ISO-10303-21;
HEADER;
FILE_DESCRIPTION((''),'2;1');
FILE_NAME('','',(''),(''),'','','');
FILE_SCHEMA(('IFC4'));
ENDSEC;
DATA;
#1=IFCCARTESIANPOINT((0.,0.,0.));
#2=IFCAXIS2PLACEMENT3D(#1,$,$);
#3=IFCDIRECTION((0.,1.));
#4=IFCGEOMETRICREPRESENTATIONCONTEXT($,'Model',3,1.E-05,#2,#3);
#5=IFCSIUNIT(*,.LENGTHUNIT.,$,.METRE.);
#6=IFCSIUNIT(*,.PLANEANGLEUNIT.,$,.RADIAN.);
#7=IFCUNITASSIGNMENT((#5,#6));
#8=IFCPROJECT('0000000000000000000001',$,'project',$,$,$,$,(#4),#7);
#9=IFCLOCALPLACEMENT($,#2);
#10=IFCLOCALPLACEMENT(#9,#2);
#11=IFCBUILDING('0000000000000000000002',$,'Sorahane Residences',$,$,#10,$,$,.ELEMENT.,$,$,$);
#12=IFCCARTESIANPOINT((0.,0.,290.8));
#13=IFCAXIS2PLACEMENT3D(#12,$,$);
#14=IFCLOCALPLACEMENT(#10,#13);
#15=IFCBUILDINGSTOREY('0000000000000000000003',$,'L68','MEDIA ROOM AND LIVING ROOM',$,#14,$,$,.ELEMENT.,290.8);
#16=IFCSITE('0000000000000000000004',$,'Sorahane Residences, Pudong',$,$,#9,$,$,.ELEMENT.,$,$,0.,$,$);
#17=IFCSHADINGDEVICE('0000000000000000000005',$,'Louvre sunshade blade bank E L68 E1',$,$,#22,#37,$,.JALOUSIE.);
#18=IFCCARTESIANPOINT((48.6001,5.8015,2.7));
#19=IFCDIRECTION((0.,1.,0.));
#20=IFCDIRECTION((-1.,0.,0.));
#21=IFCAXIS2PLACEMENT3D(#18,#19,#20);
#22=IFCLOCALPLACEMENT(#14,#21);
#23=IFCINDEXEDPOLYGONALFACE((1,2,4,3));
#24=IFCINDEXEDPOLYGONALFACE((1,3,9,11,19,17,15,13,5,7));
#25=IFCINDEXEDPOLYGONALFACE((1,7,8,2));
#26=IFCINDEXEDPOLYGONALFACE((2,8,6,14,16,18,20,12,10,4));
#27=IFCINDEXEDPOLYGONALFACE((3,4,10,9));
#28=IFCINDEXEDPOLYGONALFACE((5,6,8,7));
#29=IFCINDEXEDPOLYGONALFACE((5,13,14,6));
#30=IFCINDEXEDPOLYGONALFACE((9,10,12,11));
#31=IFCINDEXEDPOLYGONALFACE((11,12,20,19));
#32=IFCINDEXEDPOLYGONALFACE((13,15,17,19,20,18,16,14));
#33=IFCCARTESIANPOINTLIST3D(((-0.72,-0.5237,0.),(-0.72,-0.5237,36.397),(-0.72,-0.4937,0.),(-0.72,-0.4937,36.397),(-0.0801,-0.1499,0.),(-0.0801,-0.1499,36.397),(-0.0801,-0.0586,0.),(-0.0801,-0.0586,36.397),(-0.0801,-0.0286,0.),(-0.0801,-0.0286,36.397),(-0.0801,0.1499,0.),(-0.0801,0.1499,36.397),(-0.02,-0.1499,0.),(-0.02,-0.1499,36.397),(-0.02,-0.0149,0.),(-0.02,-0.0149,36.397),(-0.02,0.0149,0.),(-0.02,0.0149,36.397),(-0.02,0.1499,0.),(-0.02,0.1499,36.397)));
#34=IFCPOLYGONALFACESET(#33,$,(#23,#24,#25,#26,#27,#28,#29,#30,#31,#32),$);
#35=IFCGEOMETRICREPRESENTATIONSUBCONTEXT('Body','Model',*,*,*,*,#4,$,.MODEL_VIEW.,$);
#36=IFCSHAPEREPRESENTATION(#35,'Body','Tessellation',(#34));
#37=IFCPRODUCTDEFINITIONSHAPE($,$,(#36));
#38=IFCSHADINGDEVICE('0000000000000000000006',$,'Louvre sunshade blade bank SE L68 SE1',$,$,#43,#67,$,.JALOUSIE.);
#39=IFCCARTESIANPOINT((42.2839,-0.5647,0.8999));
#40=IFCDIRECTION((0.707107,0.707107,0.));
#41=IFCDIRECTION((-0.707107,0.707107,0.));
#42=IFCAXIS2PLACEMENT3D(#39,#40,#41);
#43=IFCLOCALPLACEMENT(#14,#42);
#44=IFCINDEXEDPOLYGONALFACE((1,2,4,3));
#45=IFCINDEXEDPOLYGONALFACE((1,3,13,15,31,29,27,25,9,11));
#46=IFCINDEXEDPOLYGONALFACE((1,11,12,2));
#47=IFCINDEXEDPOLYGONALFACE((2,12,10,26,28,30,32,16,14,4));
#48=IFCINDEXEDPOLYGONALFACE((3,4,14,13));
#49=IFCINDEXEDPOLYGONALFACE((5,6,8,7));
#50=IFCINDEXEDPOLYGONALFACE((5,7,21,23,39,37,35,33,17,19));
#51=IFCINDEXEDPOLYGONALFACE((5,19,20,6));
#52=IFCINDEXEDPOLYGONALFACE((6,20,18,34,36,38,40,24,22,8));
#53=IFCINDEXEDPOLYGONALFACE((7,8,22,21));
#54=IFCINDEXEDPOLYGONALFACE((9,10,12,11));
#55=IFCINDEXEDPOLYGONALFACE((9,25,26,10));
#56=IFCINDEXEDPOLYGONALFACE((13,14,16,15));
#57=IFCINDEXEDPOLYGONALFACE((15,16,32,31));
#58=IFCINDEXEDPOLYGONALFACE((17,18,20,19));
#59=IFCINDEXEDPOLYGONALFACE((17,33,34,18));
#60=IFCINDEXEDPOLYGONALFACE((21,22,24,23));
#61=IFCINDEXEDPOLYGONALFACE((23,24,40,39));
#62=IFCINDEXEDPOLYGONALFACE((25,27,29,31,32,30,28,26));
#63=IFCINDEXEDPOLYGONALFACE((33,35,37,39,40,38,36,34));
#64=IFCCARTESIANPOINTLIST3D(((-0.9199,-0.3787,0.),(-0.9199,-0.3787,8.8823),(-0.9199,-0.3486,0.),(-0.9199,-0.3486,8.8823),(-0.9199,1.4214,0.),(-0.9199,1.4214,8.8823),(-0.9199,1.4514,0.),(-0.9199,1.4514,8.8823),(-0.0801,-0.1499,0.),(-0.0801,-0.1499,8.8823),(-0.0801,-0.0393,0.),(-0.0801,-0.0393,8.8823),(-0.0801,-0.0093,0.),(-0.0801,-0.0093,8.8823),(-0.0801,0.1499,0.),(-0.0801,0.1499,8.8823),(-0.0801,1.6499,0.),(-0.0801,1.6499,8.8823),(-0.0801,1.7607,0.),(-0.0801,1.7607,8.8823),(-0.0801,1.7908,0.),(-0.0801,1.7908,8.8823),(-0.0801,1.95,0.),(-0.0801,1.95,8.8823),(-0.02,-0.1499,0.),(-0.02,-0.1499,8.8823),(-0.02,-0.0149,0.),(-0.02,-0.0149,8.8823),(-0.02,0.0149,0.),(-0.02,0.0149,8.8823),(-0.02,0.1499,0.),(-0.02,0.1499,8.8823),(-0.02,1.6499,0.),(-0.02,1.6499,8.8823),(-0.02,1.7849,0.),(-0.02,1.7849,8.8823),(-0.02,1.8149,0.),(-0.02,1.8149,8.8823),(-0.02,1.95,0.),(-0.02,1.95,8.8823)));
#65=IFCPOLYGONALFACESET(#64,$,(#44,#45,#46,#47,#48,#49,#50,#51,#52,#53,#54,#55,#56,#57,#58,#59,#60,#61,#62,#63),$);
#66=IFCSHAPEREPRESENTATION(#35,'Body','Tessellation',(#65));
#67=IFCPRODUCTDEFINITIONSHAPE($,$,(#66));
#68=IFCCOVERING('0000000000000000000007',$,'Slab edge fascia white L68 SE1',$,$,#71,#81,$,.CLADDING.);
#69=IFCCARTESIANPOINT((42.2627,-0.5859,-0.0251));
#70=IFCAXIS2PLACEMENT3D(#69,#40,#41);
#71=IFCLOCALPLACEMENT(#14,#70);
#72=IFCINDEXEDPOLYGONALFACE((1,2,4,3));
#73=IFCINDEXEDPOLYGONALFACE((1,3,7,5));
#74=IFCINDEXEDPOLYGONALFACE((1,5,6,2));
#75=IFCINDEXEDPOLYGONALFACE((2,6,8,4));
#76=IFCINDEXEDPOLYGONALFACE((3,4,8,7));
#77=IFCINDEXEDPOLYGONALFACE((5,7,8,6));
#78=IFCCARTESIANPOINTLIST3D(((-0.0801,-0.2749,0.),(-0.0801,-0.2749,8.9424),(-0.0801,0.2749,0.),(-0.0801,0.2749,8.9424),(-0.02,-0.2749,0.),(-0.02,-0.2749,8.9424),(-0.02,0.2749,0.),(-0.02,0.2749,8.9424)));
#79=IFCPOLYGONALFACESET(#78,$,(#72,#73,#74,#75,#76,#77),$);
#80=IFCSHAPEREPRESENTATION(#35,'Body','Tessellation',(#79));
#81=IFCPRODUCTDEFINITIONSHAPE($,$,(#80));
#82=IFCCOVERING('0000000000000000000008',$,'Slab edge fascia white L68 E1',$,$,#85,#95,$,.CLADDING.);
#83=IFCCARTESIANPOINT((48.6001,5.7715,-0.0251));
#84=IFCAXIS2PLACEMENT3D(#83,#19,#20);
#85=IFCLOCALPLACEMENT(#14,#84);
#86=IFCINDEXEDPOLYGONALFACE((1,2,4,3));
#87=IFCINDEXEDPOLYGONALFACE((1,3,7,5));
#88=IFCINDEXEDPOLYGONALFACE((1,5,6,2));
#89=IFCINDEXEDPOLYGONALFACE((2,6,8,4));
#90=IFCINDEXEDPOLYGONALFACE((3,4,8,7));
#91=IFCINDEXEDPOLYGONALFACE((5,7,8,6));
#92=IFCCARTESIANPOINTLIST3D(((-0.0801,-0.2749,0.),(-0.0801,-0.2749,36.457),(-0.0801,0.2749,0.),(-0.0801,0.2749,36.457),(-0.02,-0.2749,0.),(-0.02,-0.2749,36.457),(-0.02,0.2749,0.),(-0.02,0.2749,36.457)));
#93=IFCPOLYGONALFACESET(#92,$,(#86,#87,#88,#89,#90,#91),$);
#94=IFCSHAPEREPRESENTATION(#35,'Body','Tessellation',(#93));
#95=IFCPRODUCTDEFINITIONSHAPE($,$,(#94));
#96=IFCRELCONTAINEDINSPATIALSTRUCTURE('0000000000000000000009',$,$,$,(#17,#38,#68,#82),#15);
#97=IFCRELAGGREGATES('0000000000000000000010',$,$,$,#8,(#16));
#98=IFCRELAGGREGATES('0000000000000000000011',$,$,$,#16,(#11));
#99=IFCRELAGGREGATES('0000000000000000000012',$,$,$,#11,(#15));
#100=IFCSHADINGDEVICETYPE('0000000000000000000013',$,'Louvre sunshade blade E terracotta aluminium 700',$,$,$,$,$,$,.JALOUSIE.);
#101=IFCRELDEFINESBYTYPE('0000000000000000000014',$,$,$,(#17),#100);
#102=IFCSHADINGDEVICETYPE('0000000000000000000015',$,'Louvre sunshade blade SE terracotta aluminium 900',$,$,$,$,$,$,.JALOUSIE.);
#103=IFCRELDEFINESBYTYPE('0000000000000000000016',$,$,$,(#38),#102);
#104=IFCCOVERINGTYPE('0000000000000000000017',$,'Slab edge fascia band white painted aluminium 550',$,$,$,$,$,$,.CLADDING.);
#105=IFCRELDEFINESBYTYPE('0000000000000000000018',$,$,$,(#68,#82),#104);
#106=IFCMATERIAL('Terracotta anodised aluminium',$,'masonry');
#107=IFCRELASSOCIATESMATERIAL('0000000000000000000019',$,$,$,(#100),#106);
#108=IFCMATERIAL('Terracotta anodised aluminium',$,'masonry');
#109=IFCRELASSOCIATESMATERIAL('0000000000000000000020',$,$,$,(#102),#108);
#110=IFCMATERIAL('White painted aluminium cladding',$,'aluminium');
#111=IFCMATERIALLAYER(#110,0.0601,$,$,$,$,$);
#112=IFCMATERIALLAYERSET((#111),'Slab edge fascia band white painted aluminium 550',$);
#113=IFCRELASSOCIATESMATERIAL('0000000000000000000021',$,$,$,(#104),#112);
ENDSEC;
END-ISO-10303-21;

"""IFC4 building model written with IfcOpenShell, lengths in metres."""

from ifc_helpers import new_model, si_unit, direction, frame, origin, place, context, subcontext, project, spatial, polyline, outline, composite_profile, extrude, material, layer, layer_set, type_object, element, save


model = new_model("IFC4")

# Units and contexts
model_context = context("Model", 3, precision=1e-05, world=origin(), true_north=direction((0.0, 1.0)))
body_context = subcontext(model_context, "Body", "Model", "MODEL_VIEW")
ifc_project = project(units=[si_unit("LENGTHUNIT", "METRE"), si_unit("PLANEANGLEUNIT", "RADIAN")], contexts=[model_context])

# Site, building, storey
site_placement = place(None, origin())
site = spatial("IfcSite", under=ifc_project, at=site_placement, Name="Sorahane Residences, Pudong", CompositionType="ELEMENT", RefElevation=0.0)
building_placement = place(site_placement, origin())
building = spatial("IfcBuilding", under=site, at=building_placement, Name="Sorahane Residences", CompositionType="ELEMENT")
storey_placement = place(building_placement, frame((0.0, 0.0, 290.8)))
storey = spatial("IfcBuildingStorey", under=building, at=storey_placement, Name="L68", Description="MEDIA ROOM AND LIVING ROOM", CompositionType="ELEMENT", Elevation=290.8)

# Shading devices
ifc_material_1 = material(Name="Terracotta anodised aluminium", Category="masonry")
shading_device_type_1 = type_object("IfcShadingDeviceType", Name="Louvre sunshade blade E terracotta aluminium 700", PredefinedType="JALOUSIE", material=ifc_material_1)
shading_device_1_placement = place(storey_placement, frame((48.6001, 5.8015, 2.7), z_axis=(0.0, 1.0, 0.0), x_axis=(-1.0, 0.0, 0.0)))
element("IfcShadingDevice", 1, at=shading_device_1_placement, inside=storey, type_object=shading_device_type_1, Name="Louvre sunshade blade bank E L68 E1", PredefinedType="JALOUSIE", context=body_context, shape_type="SweptSolid", body=[
    extrude(outline(polyline([(-0.72, -0.4937), (-0.72, -0.5237), (-0.0801, -0.0586), (-0.0801, -0.1499), (-0.02, -0.1499), (-0.02, -0.0149), (-0.02, 0.0149), (-0.02, 0.1499), (-0.0801, 0.1499), (-0.0801, -0.0286), (-0.72, -0.4937)])), origin(), (0.0, 0.0, 1.0), 36.397),
])
ifc_material_2 = material(Name="Terracotta anodised aluminium", Category="masonry")
shading_device_type_2 = type_object("IfcShadingDeviceType", Name="Louvre sunshade blade SE terracotta aluminium 900", PredefinedType="JALOUSIE", material=ifc_material_2)
shading_device_2_placement = place(storey_placement, frame((42.2839, -0.5647, 0.8999), z_axis=(0.707107, 0.707107, 0.0), x_axis=(-0.707107, 0.707107, 0.0)))
element("IfcShadingDevice", 2, at=shading_device_2_placement, inside=storey, type_object=shading_device_type_2, Name="Louvre sunshade blade bank SE L68 SE1", PredefinedType="JALOUSIE", context=body_context, shape_type="SweptSolid", body=[
    extrude(composite_profile([outline(polyline([(-0.9199, -0.3486), (-0.9199, -0.3787), (-0.0801, -0.0393), (-0.0801, -0.1499), (-0.02, -0.1499), (-0.02, -0.0149), (-0.02, 0.0149), (-0.02, 0.1499), (-0.0801, 0.1499), (-0.0801, -0.0093), (-0.9199, -0.3486)])), outline(polyline([(-0.9199, 1.4514), (-0.9199, 1.4214), (-0.0801, 1.7607), (-0.0801, 1.6499), (-0.02, 1.6499), (-0.02, 1.7849), (-0.02, 1.8149), (-0.02, 1.95), (-0.0801, 1.95), (-0.0801, 1.7908), (-0.9199, 1.4514)]))]), origin(), (0.0, 0.0, 1.0), 8.8823),
])

# Coverings
ifc_material_3 = material(Name="White painted aluminium cladding", Category="aluminium")
ifc_layer_1 = layer(ifc_material_3, 0.0601)
ifc_layer_set_1 = layer_set([ifc_layer_1], Name="Slab edge fascia band white painted aluminium 550")
covering_type = type_object("IfcCoveringType", Name="Slab edge fascia band white painted aluminium 550", PredefinedType="CLADDING", material=ifc_layer_set_1)
covering_1_placement = place(storey_placement, frame((42.2627, -0.5859, -0.0251), z_axis=(0.707107, 0.707107, 0.0), x_axis=(-0.707107, 0.707107, 0.0)))
element("IfcCovering", 3, at=covering_1_placement, inside=storey, type_object=covering_type, Name="Slab edge fascia white L68 SE1", PredefinedType="CLADDING", context=body_context, shape_type="SweptSolid", body=[
    extrude(outline(polyline([(-0.02, 0.2749), (-0.0801, 0.2749), (-0.0801, -0.2749), (-0.02, -0.2749), (-0.02, 0.2749)])), origin(), (0.0, 0.0, 1.0), 8.9424),
])
covering_2_placement = place(storey_placement, frame((48.6001, 5.7715, -0.0251), z_axis=(0.0, 1.0, 0.0), x_axis=(-1.0, 0.0, 0.0)))
element("IfcCovering", 4, at=covering_2_placement, inside=storey, type_object=covering_type, Name="Slab edge fascia white L68 E1", PredefinedType="CLADDING", context=body_context, shape_type="SweptSolid", body=[
    extrude(outline(polyline([(-0.02, 0.2749), (-0.0801, 0.2749), (-0.0801, -0.2749), (-0.02, -0.2749), (-0.02, 0.2749)])), origin(), (0.0, 0.0, 1.0), 36.457),
])

save(model, "model.ifc")
